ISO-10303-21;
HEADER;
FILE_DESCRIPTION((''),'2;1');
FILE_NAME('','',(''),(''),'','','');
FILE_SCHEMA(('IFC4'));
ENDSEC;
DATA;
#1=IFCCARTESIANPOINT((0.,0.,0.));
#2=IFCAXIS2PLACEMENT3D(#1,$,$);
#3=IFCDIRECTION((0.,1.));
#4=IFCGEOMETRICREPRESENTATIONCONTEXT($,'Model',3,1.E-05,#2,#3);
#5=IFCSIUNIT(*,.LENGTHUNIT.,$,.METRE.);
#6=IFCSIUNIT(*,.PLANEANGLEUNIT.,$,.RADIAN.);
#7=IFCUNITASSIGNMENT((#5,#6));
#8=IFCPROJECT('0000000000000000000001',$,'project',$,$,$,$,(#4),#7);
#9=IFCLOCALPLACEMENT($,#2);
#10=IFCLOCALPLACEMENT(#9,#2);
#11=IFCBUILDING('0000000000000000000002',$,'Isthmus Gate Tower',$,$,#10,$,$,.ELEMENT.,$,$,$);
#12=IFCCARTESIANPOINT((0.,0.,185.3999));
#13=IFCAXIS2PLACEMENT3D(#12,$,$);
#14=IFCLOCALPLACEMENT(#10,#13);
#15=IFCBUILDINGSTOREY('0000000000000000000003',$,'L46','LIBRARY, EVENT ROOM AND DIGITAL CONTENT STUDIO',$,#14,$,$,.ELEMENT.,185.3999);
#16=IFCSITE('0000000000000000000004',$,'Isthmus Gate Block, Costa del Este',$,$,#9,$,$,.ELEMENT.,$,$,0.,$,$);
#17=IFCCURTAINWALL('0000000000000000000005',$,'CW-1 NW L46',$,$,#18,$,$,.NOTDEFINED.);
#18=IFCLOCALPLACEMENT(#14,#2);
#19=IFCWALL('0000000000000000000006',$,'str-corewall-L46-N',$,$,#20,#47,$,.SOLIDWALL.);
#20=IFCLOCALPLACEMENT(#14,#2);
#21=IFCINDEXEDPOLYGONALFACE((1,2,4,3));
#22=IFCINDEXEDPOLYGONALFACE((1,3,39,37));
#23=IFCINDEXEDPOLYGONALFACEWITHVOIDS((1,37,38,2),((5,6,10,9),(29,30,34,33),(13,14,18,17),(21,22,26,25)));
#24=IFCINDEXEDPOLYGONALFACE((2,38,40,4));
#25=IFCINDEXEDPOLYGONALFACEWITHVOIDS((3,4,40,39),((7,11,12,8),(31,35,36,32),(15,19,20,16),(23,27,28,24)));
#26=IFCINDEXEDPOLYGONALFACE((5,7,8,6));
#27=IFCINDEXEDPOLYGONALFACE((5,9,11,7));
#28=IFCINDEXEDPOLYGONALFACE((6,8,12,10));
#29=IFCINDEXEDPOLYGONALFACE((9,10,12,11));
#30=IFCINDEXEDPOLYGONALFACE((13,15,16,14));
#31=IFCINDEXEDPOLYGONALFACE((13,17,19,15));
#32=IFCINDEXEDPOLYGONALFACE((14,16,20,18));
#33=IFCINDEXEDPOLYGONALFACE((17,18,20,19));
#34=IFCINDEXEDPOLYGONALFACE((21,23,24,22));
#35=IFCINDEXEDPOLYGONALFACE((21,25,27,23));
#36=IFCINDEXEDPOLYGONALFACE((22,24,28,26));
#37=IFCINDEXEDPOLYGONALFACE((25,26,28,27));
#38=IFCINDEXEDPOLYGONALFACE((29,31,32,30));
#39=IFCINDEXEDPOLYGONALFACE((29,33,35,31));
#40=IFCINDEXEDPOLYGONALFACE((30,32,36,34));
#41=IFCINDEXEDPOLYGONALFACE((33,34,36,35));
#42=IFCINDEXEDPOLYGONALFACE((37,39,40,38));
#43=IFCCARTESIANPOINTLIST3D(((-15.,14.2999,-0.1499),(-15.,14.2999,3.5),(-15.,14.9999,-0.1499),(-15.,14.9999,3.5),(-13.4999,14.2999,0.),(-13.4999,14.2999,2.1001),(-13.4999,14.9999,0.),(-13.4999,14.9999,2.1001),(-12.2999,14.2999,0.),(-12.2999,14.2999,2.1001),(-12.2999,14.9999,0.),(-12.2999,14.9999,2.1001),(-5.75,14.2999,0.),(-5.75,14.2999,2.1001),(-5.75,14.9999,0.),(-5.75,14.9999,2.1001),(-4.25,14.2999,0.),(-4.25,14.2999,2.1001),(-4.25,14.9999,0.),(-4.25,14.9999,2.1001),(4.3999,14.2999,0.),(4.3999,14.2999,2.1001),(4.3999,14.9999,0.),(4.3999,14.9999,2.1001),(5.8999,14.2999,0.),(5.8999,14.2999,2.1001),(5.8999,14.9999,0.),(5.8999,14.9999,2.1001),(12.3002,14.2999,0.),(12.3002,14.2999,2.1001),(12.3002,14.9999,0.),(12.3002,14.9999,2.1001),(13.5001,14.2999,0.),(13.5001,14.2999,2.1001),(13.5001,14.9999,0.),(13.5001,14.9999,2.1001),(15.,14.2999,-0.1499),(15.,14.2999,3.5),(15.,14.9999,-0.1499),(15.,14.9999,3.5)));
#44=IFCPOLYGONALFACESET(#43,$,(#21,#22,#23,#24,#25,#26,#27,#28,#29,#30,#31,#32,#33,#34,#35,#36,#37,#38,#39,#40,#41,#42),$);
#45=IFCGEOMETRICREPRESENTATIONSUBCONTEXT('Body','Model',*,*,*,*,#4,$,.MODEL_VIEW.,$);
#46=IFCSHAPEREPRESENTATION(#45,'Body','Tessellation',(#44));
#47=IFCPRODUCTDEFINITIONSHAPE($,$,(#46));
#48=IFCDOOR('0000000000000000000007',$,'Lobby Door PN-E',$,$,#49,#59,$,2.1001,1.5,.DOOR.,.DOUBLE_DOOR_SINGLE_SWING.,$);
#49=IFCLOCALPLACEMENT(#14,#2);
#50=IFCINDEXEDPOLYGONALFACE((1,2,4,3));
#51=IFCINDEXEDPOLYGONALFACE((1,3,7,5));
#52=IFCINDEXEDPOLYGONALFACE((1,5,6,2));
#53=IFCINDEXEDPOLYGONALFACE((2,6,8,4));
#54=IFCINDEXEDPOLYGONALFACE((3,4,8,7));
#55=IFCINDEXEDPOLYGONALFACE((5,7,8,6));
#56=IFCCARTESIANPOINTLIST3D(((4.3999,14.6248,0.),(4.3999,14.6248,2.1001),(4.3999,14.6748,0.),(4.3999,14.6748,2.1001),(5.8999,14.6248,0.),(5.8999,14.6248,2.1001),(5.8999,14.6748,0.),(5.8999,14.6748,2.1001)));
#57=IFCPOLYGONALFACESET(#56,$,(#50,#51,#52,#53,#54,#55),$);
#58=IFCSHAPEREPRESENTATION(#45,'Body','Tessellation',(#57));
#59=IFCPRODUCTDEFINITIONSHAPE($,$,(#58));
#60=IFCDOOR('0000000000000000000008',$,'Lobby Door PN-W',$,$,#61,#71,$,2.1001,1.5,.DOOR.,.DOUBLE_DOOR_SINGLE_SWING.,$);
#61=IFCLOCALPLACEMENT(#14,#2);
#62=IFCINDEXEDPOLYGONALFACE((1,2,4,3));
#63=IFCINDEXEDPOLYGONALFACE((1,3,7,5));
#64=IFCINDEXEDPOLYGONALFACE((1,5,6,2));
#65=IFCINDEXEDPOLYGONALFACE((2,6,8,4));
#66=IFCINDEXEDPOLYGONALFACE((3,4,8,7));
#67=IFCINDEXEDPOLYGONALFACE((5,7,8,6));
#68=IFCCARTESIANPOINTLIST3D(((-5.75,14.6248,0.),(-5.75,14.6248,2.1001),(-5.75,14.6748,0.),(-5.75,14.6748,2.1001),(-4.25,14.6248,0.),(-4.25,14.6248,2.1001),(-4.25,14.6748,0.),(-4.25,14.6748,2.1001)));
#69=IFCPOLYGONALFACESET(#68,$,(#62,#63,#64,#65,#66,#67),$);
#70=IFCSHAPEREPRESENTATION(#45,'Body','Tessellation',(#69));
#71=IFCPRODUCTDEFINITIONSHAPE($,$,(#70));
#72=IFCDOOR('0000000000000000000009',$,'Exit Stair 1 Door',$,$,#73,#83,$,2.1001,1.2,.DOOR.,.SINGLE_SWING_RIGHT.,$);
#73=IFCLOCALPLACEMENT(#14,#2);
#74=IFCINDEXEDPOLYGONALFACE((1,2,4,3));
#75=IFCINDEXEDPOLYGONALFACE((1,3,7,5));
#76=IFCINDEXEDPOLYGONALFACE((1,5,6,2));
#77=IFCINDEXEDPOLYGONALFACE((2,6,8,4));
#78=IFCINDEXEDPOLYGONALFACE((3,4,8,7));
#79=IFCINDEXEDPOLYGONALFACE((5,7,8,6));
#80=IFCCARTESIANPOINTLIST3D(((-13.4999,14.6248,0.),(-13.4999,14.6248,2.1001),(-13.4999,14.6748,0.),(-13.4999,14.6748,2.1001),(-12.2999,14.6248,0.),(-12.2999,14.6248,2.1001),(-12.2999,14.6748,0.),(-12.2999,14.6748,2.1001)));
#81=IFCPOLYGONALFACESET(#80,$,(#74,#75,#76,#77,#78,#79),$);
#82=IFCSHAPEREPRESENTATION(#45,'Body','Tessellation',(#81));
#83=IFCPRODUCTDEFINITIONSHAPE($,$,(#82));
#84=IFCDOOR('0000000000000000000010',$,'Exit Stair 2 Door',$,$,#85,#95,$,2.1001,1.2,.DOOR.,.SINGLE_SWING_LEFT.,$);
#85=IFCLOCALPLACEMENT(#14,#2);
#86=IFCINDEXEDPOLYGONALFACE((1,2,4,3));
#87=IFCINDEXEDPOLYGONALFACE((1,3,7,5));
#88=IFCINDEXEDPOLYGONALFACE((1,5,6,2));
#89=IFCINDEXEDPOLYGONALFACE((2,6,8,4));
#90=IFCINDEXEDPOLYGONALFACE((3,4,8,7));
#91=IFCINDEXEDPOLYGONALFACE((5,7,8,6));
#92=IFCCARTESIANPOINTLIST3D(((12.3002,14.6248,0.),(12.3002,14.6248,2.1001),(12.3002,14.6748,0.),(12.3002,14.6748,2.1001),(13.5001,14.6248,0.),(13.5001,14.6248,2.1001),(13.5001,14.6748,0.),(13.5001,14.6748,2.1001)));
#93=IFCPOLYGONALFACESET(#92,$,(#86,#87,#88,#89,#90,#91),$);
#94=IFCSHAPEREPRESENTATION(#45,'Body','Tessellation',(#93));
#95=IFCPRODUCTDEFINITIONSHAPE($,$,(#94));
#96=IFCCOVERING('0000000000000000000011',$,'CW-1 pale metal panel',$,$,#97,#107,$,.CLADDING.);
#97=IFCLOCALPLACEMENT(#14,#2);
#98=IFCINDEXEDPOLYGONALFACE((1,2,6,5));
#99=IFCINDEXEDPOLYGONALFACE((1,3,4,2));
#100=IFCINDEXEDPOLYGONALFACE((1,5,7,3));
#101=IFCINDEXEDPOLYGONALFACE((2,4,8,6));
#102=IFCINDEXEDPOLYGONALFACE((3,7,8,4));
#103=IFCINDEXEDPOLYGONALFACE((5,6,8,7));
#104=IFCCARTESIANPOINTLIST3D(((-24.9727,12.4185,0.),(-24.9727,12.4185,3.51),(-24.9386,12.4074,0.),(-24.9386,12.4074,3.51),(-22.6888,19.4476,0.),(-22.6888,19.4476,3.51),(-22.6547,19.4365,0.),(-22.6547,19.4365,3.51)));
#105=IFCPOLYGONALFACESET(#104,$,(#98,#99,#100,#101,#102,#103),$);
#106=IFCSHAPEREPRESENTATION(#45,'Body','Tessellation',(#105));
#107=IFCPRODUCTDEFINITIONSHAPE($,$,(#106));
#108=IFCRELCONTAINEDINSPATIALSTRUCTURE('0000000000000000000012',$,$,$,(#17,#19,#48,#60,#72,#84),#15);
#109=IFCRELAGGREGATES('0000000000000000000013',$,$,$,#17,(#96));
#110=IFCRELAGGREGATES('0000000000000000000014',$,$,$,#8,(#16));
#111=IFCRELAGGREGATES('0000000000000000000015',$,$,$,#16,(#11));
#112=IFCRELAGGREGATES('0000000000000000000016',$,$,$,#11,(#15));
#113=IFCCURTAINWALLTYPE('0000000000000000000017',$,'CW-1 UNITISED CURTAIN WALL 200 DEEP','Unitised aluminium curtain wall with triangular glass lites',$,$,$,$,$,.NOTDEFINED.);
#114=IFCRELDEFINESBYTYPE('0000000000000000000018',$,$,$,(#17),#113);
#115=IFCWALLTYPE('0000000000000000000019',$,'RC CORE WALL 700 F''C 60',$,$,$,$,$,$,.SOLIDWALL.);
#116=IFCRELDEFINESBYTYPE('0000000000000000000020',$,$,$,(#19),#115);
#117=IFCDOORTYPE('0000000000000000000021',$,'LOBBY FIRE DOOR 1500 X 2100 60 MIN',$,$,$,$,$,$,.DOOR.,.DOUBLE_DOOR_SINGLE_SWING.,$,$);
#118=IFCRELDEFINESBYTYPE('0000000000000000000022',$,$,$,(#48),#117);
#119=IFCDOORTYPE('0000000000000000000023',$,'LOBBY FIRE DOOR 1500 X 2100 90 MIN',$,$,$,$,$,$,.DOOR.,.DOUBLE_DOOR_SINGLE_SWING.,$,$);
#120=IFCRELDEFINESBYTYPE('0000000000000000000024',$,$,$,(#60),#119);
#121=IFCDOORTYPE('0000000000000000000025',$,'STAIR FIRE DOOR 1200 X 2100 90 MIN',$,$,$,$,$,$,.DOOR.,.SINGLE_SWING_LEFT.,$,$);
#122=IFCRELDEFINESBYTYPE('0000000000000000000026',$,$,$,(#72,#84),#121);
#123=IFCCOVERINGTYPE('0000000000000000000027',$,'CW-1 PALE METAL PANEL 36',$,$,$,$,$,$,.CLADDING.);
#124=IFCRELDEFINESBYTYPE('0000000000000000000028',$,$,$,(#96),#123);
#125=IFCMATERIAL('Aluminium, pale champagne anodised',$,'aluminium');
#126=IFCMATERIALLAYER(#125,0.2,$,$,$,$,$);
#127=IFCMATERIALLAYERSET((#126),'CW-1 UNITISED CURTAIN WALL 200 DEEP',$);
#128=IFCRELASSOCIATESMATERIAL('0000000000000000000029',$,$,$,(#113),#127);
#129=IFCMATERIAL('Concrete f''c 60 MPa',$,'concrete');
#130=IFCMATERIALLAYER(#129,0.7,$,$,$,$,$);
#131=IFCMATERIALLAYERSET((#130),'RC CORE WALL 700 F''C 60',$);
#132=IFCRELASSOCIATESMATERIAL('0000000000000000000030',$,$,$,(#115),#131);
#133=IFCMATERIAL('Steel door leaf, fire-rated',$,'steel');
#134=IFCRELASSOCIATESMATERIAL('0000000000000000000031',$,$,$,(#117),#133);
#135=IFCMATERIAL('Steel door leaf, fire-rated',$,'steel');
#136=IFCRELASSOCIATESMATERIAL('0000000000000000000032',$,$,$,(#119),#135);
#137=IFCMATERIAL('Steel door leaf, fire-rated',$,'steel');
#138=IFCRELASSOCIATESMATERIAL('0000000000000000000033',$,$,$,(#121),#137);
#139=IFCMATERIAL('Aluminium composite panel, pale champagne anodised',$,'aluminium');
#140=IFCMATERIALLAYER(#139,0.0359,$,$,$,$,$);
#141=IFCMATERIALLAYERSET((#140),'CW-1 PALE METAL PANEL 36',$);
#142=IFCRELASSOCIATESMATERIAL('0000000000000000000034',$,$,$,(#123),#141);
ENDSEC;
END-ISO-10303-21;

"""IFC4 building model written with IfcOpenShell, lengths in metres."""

from ifc_helpers import new_model, si_unit, direction, frame, frame_2d, origin, origin_2d, place, context, subcontext, project, spatial, rectangle, extrude, material, layer, layer_set, type_object, element, fill, aggregate, save


model = new_model("IFC4")

# Units and contexts
model_context = context("Model", 3, precision=1e-05, world=origin(), true_north=direction((0.0, 1.0)))
body_context = subcontext(model_context, "Body", "Model", "MODEL_VIEW")
ifc_project = project(units=[si_unit("LENGTHUNIT", "METRE"), si_unit("PLANEANGLEUNIT", "RADIAN")], contexts=[model_context])

# Site, building, storey
site_placement = place(None, origin())
site = spatial("IfcSite", under=ifc_project, at=site_placement, Name="Isthmus Gate Block, Costa del Este", CompositionType="ELEMENT", RefElevation=0.0)
building_placement = place(site_placement, origin())
building = spatial("IfcBuilding", under=site, at=building_placement, Name="Isthmus Gate Tower", CompositionType="ELEMENT")
storey_placement = place(building_placement, frame((0.0, 0.0, 185.3999)))
storey = spatial("IfcBuildingStorey", under=building, at=storey_placement, Name="L46", Description="LIBRARY, EVENT ROOM AND DIGITAL CONTENT STUDIO", CompositionType="ELEMENT", Elevation=185.3999)

# Curtain wall
ifc_material_1 = material(Name="Aluminium, pale champagne anodised", Category="aluminium")
ifc_layer_1 = layer(ifc_material_1, 0.2)
ifc_layer_set_1 = layer_set([ifc_layer_1], Name="CW-1 UNITISED CURTAIN WALL 200 DEEP")
curtain_wall_type = type_object("IfcCurtainWallType", Name="CW-1 UNITISED CURTAIN WALL 200 DEEP", Description="Unitised aluminium curtain wall with triangular glass lites", PredefinedType="NOTDEFINED", material=ifc_layer_set_1)
curtain_wall_1_placement = place(storey_placement, origin())
curtain_wall_1 = element("IfcCurtainWall", 1, at=curtain_wall_1_placement, inside=storey, type_object=curtain_wall_type, Name="CW-1 NW L46", PredefinedType="NOTDEFINED")

# Wall, openings, doors
ifc_material_2 = material(Name="Concrete f'c 60 MPa", Category="concrete")
ifc_layer_2 = layer(ifc_material_2, 0.7)
ifc_layer_set_2 = layer_set([ifc_layer_2], Name="RC CORE WALL 700 F'C 60")
wall_type_1 = type_object("IfcWallType", Name="RC CORE WALL 700 F'C 60", PredefinedType="SOLIDWALL", material=ifc_layer_set_2)
wall_1_placement = place(storey_placement, frame((-15.0, 14.6499, -0.1499), z_axis=(0.0, 0.0, 1.0), x_axis=(1.0, 0.0, 0.0)))
wall_1 = element("IfcWall", 2, at=wall_1_placement, inside=storey, type_object=wall_type_1, Name="str-corewall-L46-N", PredefinedType="SOLIDWALL", context=body_context, shape_type="SweptSolid", body=[
    extrude(rectangle(XDim=30.0, YDim=0.7, at=frame_2d((15.0, 0.0))), origin(), (0.0, 0.0, 1.0), 3.6499),
])
opening_1_placement = place(wall_1_placement, frame((9.25, 0.0, 0.1499)))
opening_1 = element("IfcOpeningElement", 3, at=opening_1_placement, cuts=wall_1, PredefinedType="OPENING", context=body_context, shape_type="SweptSolid", body=[
    extrude(rectangle(XDim=1.5, YDim=2.1001, at=frame_2d((0.75, 1.05))), frame((0.0, 0.3599, 0.0), z_axis=(0.0, -1.0, 0.0), x_axis=(1.0, 0.0, 0.0)), (0.0, 0.0, 1.0), 0.72),
])
opening_2_placement = place(wall_1_placement, frame((19.3999, 0.0, 0.1499)))
opening_2 = element("IfcOpeningElement", 4, at=opening_2_placement, cuts=wall_1, PredefinedType="OPENING", context=body_context, shape_type="SweptSolid", body=[
    extrude(rectangle(XDim=1.5, YDim=2.1001, at=frame_2d((0.75, 1.05))), frame((0.0, 0.3599, 0.0), z_axis=(0.0, -1.0, 0.0), x_axis=(1.0, 0.0, 0.0)), (0.0, 0.0, 1.0), 0.72),
])
opening_3_placement = place(wall_1_placement, frame((1.5, 0.0, 0.1499)))
opening_3 = element("IfcOpeningElement", 5, at=opening_3_placement, cuts=wall_1, PredefinedType="OPENING", context=body_context, shape_type="SweptSolid", body=[
    extrude(rectangle(XDim=1.2, YDim=2.1001, at=frame_2d((0.6001, 1.05))), frame((0.0, 0.3599, 0.0), z_axis=(0.0, -1.0, 0.0), x_axis=(1.0, 0.0, 0.0)), (0.0, 0.0, 1.0), 0.72),
])
opening_4_placement = place(wall_1_placement, frame((27.3, 0.0, 0.1499)))
opening_4 = element("IfcOpeningElement", 6, at=opening_4_placement, cuts=wall_1, PredefinedType="OPENING", context=body_context, shape_type="SweptSolid", body=[
    extrude(rectangle(XDim=1.2, YDim=2.1001, at=frame_2d((0.6001, 1.05))), frame((0.0, 0.3599, 0.0), z_axis=(0.0, -1.0, 0.0), x_axis=(1.0, 0.0, 0.0)), (0.0, 0.0, 1.0), 0.72),
])
ifc_material_3 = material(Name="Steel door leaf, fire-rated", Category="steel")
door_type_1 = type_object("IfcDoorType", Name="LOBBY FIRE DOOR 1500 X 2100 60 MIN", OperationType="DOUBLE_DOOR_SINGLE_SWING", PredefinedType="DOOR", material=ifc_material_3)
door_1_placement = place(opening_2_placement, origin())
door_1 = element("IfcDoor", 7, at=door_1_placement, inside=storey, type_object=door_type_1, Name="Lobby Door PN-E", OperationType="DOUBLE_DOOR_SINGLE_SWING", OverallHeight=2.1001, OverallWidth=1.5, PredefinedType="DOOR", context=body_context, shape_type="SweptSolid", body=[
    extrude(rectangle(XDim=1.5, YDim=2.1001, at=frame_2d((0.75, 1.05))), frame((0.0, 0.0249, 0.0), z_axis=(0.0, -1.0, 0.0), x_axis=(1.0, 0.0, 0.0)), (0.0, 0.0, 1.0), 0.05),
])
fill(opening_2, door_1)
ifc_material_4 = material(Name="Steel door leaf, fire-rated", Category="steel")
door_type_2 = type_object("IfcDoorType", Name="LOBBY FIRE DOOR 1500 X 2100 90 MIN", OperationType="DOUBLE_DOOR_SINGLE_SWING", PredefinedType="DOOR", material=ifc_material_4)
door_2_placement = place(opening_1_placement, origin())
door_2 = element("IfcDoor", 8, at=door_2_placement, inside=storey, type_object=door_type_2, Name="Lobby Door PN-W", OperationType="DOUBLE_DOOR_SINGLE_SWING", OverallHeight=2.1001, OverallWidth=1.5, PredefinedType="DOOR", context=body_context, shape_type="SweptSolid", body=[
    extrude(rectangle(XDim=1.5, YDim=2.1001, at=frame_2d((0.75, 1.05))), frame((0.0, 0.0249, 0.0), z_axis=(0.0, -1.0, 0.0), x_axis=(1.0, 0.0, 0.0)), (0.0, 0.0, 1.0), 0.05),
])
fill(opening_1, door_2)
ifc_material_5 = material(Name="Steel door leaf, fire-rated", Category="steel")
door_type_3 = type_object("IfcDoorType", Name="STAIR FIRE DOOR 1200 X 2100 90 MIN", OperationType="SINGLE_SWING_LEFT", PredefinedType="DOOR", material=ifc_material_5)
door_3_placement = place(opening_3_placement, origin())
door_3 = element("IfcDoor", 9, at=door_3_placement, inside=storey, type_object=door_type_3, Name="Exit Stair 1 Door", OperationType="SINGLE_SWING_RIGHT", OverallHeight=2.1001, OverallWidth=1.2, PredefinedType="DOOR", context=body_context, shape_type="SweptSolid", body=[
    extrude(rectangle(XDim=1.2, YDim=2.1001, at=frame_2d((0.6001, 1.05))), frame((0.0, 0.0249, 0.0), z_axis=(0.0, -1.0, 0.0), x_axis=(1.0, 0.0, 0.0)), (0.0, 0.0, 1.0), 0.05),
])
fill(opening_3, door_3)
door_4_placement = place(opening_4_placement, origin())
door_4 = element("IfcDoor", 10, at=door_4_placement, inside=storey, type_object=door_type_3, Name="Exit Stair 2 Door", OperationType="SINGLE_SWING_LEFT", OverallHeight=2.1001, OverallWidth=1.2, PredefinedType="DOOR", context=body_context, shape_type="SweptSolid", body=[
    extrude(rectangle(XDim=1.2, YDim=2.1001, at=frame_2d((0.6001, 1.05))), frame((0.0, 0.0249, 0.0), z_axis=(0.0, -1.0, 0.0), x_axis=(1.0, 0.0, 0.0)), (0.0, 0.0, 1.0), 0.05),
])
fill(opening_4, door_4)

# Covering
ifc_material_6 = material(Name="Aluminium composite panel, pale champagne anodised", Category="aluminium")
ifc_layer_3 = layer(ifc_material_6, 0.0359)
ifc_layer_set_3 = layer_set([ifc_layer_3], Name="CW-1 PALE METAL PANEL 36")
covering_type = type_object("IfcCoveringType", Name="CW-1 PALE METAL PANEL 36", PredefinedType="CLADDING", material=ifc_layer_set_3)
covering_placement = place(storey_placement, frame((-23.8137, 15.9275, 0.0), z_axis=(0.0, 0.0, 1.0), x_axis=(-0.309017, -0.951057, 0.0)))
covering = element("IfcCovering", 11, at=covering_placement, type_object=covering_type, Name="CW-1 pale metal panel", PredefinedType="CLADDING", context=body_context, shape_type="SweptSolid", body=[
    extrude(rectangle(XDim=7.3909, YDim=0.0359, at=origin_2d()), origin(), (0.0, 0.0, 1.0), 3.51),
])
aggregate(curtain_wall_1, [covering])

save(model, "model.ifc")
